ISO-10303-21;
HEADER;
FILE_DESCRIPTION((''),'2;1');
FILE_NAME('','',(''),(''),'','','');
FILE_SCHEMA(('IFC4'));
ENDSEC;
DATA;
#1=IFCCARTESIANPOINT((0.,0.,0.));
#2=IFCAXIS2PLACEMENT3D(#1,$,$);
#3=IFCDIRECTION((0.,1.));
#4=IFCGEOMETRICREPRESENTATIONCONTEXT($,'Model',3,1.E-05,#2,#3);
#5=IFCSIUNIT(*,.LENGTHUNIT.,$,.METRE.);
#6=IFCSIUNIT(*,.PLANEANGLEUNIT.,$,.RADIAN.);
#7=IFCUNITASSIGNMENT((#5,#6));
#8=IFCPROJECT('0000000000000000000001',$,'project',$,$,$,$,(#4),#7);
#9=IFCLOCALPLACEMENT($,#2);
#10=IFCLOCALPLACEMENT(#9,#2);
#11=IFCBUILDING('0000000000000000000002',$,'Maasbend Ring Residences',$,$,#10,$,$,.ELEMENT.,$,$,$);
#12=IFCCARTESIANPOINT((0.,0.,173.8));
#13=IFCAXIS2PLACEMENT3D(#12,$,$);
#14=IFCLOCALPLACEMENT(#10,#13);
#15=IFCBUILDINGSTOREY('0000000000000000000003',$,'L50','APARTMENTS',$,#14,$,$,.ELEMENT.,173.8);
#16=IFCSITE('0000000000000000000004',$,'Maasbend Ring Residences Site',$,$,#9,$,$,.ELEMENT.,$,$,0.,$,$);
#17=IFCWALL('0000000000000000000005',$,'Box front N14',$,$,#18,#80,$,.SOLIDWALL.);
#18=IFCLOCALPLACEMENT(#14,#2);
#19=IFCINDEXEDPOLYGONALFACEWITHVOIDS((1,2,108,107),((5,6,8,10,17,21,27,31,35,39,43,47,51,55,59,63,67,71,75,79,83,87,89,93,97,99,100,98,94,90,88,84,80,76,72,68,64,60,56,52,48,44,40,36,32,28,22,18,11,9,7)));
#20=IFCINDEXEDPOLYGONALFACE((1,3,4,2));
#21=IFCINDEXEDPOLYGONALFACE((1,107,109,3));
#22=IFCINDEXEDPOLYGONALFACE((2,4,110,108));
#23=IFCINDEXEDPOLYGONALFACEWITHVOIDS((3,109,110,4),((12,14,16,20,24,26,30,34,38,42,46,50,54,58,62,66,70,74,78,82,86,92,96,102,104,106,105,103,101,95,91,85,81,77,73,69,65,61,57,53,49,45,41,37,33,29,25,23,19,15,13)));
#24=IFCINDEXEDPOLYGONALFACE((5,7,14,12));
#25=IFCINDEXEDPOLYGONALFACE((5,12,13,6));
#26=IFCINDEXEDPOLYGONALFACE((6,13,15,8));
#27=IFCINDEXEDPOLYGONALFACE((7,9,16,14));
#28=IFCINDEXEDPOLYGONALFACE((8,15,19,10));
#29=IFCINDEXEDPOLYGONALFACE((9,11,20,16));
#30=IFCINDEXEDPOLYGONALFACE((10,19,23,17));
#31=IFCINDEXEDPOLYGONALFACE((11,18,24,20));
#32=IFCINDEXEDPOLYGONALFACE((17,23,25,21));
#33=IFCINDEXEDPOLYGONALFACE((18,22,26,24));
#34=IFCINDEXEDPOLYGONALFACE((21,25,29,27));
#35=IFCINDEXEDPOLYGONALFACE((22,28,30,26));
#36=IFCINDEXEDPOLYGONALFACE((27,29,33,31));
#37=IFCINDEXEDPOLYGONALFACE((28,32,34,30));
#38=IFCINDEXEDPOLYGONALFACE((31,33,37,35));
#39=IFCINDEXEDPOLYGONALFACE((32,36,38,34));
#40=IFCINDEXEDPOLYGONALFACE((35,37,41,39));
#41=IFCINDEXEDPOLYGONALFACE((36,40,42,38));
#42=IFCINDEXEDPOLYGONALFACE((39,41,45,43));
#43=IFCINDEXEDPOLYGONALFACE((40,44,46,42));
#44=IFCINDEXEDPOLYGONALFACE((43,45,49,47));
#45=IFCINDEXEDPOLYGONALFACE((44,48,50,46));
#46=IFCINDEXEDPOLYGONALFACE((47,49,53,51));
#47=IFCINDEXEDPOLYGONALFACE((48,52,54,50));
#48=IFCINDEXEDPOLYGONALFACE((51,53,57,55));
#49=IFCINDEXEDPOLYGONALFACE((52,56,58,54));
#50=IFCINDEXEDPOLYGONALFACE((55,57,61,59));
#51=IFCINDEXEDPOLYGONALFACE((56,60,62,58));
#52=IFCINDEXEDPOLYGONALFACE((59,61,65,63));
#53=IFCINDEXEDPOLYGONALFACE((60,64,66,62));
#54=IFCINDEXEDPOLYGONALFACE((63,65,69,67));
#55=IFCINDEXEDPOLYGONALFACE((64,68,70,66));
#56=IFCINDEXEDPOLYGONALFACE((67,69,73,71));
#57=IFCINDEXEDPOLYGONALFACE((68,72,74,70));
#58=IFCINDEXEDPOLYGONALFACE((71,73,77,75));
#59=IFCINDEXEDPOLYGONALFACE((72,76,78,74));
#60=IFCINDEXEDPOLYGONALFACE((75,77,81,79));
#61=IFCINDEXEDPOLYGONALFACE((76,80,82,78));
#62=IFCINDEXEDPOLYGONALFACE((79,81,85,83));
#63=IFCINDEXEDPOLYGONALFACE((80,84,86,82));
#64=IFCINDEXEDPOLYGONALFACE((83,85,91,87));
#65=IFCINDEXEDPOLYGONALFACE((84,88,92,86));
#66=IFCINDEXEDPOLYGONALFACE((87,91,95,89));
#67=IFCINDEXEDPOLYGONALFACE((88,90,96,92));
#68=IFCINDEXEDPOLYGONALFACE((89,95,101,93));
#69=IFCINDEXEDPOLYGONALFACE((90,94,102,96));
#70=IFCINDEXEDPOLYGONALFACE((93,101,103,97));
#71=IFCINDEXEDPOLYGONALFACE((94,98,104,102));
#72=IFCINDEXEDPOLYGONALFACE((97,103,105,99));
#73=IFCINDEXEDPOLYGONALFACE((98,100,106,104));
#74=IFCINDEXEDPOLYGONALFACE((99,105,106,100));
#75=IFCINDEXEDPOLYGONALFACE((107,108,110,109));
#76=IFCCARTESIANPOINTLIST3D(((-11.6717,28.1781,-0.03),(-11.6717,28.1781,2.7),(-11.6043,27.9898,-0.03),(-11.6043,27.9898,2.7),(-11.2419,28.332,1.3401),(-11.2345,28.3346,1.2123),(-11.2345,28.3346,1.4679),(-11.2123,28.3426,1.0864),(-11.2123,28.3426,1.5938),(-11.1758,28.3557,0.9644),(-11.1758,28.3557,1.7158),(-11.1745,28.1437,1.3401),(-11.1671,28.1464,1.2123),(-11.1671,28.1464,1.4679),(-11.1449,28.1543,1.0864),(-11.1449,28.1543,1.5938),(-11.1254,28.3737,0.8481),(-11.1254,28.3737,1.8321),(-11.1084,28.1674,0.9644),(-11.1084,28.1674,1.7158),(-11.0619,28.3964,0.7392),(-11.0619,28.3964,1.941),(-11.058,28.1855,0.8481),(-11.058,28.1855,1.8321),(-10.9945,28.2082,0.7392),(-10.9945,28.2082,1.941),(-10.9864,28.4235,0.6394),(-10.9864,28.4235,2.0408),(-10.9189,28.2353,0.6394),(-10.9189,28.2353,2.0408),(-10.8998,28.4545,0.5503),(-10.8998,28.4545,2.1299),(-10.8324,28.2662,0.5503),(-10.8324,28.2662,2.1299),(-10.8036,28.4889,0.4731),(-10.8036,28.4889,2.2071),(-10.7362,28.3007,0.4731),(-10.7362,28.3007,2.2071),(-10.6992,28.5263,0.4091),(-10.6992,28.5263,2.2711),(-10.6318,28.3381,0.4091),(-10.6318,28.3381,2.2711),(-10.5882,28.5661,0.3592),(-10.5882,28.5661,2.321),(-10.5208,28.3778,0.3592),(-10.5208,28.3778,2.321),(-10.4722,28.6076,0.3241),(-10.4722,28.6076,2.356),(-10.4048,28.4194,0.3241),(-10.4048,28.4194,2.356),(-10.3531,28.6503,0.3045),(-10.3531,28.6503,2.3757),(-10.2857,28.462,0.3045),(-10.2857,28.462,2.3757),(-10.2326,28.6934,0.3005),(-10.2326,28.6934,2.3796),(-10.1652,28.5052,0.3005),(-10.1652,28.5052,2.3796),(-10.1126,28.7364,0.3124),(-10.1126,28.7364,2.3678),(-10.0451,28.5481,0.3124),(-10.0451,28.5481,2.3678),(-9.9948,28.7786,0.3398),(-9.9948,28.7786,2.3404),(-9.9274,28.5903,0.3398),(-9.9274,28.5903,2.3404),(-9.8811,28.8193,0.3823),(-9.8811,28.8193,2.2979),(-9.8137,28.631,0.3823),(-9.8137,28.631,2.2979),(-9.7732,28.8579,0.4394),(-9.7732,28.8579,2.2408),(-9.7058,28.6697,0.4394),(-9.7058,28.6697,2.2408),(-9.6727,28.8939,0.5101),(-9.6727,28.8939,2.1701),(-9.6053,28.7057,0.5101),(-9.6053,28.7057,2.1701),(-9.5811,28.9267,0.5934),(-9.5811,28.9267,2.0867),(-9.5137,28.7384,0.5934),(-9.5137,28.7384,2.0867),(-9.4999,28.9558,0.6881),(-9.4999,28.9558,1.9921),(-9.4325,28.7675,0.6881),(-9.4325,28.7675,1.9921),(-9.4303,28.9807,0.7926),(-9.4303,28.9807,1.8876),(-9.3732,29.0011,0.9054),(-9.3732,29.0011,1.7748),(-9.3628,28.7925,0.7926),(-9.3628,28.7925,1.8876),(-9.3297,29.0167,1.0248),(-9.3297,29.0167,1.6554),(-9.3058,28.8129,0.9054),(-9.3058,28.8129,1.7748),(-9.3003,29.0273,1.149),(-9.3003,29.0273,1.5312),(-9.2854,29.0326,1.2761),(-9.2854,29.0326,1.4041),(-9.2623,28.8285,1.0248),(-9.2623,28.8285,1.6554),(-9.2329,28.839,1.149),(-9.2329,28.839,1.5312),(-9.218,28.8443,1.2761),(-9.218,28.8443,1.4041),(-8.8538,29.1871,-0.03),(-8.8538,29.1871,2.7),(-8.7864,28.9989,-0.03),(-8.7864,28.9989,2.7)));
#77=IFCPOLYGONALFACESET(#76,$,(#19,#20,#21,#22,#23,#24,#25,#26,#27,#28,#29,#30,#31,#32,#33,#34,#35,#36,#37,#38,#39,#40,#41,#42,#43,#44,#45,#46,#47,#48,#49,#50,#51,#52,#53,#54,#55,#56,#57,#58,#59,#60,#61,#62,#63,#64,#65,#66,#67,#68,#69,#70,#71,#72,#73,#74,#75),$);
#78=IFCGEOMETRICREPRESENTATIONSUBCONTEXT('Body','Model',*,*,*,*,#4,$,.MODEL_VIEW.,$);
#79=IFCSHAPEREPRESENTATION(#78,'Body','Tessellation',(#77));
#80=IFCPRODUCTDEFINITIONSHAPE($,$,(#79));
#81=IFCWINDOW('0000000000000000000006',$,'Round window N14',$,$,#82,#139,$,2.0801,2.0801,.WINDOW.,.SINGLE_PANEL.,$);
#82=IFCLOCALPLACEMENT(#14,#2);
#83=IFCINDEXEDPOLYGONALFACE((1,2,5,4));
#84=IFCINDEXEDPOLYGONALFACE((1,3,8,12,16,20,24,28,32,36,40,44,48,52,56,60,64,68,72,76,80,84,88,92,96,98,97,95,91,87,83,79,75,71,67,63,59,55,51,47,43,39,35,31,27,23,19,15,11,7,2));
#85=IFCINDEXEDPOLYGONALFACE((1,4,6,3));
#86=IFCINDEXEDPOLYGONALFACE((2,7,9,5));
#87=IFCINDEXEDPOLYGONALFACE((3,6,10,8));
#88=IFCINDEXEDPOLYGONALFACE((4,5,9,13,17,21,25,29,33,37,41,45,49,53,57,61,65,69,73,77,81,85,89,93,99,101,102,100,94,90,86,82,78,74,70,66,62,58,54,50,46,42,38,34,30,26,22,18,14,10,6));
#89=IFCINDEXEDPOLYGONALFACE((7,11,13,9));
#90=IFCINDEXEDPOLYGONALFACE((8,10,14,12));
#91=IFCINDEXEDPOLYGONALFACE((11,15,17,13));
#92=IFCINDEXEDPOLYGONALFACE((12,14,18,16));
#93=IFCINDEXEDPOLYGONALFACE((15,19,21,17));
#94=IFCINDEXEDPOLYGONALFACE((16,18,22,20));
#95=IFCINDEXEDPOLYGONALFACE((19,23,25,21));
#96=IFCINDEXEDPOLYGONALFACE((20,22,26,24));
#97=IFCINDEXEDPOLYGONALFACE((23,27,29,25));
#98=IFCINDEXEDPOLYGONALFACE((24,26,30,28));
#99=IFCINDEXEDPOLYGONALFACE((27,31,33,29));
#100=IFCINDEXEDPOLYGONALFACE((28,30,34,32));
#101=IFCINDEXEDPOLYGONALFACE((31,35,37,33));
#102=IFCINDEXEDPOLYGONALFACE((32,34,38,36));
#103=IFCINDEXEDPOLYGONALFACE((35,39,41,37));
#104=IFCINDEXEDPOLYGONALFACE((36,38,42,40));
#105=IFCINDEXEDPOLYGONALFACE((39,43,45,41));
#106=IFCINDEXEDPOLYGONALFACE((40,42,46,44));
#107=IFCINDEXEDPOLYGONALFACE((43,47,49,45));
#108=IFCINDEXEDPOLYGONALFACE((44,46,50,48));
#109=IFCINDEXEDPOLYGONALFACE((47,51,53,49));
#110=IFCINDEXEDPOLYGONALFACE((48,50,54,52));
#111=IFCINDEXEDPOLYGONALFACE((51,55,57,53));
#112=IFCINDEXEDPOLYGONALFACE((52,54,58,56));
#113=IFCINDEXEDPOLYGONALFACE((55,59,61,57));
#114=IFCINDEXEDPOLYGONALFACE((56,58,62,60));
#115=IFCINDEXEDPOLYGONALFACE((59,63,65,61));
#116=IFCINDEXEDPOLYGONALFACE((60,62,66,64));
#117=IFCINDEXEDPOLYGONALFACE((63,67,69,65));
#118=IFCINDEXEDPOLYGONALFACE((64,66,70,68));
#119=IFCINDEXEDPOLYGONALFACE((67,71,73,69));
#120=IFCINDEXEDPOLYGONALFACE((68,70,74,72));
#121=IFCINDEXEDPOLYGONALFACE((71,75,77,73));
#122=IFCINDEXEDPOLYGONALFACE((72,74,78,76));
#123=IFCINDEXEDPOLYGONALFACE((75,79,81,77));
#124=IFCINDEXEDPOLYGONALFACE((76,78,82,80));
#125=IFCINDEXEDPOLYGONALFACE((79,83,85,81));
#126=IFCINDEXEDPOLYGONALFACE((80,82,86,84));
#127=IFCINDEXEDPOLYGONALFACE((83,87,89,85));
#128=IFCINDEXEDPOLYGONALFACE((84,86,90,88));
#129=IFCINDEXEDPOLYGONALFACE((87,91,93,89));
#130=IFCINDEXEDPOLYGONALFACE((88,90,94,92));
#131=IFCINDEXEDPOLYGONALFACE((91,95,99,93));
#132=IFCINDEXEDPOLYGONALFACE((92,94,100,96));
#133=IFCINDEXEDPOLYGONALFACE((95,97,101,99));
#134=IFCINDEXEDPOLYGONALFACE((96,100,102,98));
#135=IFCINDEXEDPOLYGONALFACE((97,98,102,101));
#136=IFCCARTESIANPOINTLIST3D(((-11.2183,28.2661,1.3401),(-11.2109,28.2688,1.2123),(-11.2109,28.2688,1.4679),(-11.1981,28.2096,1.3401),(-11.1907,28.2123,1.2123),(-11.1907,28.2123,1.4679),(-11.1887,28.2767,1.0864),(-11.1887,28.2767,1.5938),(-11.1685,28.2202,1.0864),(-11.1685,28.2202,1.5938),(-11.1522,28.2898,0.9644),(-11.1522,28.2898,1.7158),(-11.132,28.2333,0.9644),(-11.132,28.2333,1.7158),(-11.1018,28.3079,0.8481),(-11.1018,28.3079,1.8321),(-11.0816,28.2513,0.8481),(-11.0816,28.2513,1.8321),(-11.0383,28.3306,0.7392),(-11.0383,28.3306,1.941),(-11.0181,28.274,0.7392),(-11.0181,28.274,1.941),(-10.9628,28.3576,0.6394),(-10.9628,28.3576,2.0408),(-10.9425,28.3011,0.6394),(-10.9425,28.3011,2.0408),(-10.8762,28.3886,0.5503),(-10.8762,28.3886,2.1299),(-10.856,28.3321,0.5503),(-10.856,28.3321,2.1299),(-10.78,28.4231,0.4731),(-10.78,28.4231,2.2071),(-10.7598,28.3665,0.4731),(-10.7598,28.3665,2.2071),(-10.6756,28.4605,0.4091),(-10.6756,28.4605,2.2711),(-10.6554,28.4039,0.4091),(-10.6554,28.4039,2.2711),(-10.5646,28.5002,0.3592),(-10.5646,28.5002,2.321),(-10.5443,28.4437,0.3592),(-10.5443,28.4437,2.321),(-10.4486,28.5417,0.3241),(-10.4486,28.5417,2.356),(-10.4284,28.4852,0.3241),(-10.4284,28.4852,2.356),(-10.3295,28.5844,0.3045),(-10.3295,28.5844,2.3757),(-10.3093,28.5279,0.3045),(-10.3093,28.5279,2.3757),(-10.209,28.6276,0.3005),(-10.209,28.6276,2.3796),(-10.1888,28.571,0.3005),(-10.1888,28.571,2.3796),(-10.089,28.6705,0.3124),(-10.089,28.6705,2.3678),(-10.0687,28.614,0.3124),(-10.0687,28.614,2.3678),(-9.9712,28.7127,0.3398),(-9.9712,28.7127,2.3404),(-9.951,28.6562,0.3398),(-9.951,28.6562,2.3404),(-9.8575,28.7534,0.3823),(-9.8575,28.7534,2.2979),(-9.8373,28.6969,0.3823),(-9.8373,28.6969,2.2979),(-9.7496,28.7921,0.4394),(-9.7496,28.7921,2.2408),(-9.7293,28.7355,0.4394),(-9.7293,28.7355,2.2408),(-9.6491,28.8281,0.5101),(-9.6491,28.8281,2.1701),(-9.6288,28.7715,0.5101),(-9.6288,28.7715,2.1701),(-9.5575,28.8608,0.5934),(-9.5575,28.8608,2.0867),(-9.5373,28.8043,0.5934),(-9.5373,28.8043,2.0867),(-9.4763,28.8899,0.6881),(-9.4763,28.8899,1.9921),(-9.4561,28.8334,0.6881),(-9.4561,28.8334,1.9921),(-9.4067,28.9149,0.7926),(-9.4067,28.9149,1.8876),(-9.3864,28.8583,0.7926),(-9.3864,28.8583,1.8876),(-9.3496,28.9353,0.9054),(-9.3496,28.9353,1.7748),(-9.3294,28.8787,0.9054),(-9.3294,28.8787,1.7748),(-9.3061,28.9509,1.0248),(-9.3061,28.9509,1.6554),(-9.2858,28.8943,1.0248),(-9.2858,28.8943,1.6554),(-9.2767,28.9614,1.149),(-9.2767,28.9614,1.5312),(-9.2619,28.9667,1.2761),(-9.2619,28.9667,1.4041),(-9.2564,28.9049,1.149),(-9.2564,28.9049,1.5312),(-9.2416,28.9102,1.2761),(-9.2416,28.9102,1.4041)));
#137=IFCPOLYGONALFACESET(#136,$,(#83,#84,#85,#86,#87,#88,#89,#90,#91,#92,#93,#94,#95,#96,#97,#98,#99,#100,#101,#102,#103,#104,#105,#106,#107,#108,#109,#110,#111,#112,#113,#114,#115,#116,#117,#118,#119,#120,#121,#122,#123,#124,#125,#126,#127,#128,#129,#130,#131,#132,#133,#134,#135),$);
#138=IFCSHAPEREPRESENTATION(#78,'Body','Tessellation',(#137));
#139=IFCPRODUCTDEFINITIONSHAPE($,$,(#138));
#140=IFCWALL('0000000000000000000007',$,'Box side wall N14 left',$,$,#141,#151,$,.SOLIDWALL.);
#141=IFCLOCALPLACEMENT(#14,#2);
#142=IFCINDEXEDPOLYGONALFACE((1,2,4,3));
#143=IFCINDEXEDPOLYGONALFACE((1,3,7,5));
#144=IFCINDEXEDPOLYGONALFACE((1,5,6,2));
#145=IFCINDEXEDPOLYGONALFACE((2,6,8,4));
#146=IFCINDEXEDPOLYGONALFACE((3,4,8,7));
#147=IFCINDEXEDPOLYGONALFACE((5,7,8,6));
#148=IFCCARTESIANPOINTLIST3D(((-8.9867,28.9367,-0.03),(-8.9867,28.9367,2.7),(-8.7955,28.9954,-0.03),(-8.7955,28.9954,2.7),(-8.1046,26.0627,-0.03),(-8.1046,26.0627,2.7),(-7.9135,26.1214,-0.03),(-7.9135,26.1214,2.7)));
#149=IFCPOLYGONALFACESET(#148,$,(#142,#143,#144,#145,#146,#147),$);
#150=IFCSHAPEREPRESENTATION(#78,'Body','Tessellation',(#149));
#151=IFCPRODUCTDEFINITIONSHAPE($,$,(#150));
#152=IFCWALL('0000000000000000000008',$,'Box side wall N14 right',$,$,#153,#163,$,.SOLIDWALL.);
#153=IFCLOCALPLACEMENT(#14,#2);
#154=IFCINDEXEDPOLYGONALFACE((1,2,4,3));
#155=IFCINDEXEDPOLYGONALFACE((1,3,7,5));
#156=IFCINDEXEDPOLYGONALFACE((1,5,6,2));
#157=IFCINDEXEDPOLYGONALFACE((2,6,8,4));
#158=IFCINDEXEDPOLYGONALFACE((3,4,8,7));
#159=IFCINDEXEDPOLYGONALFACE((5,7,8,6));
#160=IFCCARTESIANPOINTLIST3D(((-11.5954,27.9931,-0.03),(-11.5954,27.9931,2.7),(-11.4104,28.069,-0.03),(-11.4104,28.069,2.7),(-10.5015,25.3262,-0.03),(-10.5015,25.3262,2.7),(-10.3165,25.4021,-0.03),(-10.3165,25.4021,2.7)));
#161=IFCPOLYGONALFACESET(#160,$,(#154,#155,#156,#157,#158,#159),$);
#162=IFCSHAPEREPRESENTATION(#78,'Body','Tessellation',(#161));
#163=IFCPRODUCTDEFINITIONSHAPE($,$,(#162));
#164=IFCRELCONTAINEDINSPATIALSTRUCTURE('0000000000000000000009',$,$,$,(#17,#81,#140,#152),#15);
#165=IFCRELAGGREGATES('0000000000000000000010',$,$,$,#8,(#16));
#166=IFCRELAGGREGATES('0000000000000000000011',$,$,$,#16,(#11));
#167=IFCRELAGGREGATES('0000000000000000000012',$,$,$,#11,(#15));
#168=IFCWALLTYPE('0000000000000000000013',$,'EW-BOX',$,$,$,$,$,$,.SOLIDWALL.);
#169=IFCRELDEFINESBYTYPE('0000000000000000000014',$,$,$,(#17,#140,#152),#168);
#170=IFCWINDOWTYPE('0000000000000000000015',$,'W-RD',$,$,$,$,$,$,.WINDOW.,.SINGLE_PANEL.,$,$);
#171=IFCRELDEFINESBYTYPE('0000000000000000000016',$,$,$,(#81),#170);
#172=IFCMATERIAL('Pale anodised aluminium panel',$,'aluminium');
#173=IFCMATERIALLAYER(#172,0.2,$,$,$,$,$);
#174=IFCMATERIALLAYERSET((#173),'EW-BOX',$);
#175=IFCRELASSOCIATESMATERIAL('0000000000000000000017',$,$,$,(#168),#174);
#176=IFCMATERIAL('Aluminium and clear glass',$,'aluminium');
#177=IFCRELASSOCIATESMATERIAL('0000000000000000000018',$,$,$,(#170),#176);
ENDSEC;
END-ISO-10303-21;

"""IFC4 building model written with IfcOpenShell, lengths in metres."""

from ifc_helpers import new_model, si_unit, direction, frame, frame_2d, origin, place, context, subcontext, project, spatial, rectangle, circle, extrude, material, layer, layer_set, type_object, element, fill, save


model = new_model("IFC4")

# Units and contexts
model_context = context("Model", 3, precision=1e-05, world=origin(), true_north=direction((0.0, 1.0)))
body_context = subcontext(model_context, "Body", "Model", "MODEL_VIEW")
ifc_project = project(units=[si_unit("LENGTHUNIT", "METRE"), si_unit("PLANEANGLEUNIT", "RADIAN")], contexts=[model_context])

# Site, building, storey
site_placement = place(None, origin())
site = spatial("IfcSite", under=ifc_project, at=site_placement, Name="Maasbend Ring Residences Site", CompositionType="ELEMENT", RefElevation=0.0)
building_placement = place(site_placement, origin())
building = spatial("IfcBuilding", under=site, at=building_placement, Name="Maasbend Ring Residences", CompositionType="ELEMENT")
storey_placement = place(building_placement, frame((0.0, 0.0, 173.8)))
storey = spatial("IfcBuildingStorey", under=building, at=storey_placement, Name="L50", Description="APARTMENTS", CompositionType="ELEMENT", Elevation=173.8)

# Shared definitions
ifc_material_1 = material(Name="Pale anodised aluminium panel", Category="aluminium")
ifc_layer_1 = layer(ifc_material_1, 0.2)
ifc_layer_set_1 = layer_set([ifc_layer_1], Name="EW-BOX")
wall_type_1 = type_object("IfcWallType", Name="EW-BOX", PredefinedType="SOLIDWALL", material=ifc_layer_set_1)
ifc_material_2 = material(Name="Aluminium and clear glass", Category="aluminium")
window_type_1 = type_object("IfcWindowType", Name="W-RD", PartitioningType="SINGLE_PANEL", PredefinedType="WINDOW", material=ifc_material_2)

# Wall, opening, window
wall_1_placement = place(storey_placement, frame((-8.8201, 29.093, -0.03), z_axis=(0.0, 0.0, 1.0), x_axis=(-0.941461, -0.337122, 0.0)))
wall_1 = element("IfcWall", 1, at=wall_1_placement, inside=storey, type_object=wall_type_1, Name="Box front N14", PredefinedType="SOLIDWALL", context=body_context, shape_type="SweptSolid", body=[
    extrude(rectangle(XDim=2.9932, YDim=0.2, at=frame_2d((1.4966, 0.0))), origin(), (0.0, 0.0, 1.0), 2.73),
])
opening_1_placement = place(wall_1_placement, frame((0.4565, 0.0, 0.3301)))
opening_1 = element("IfcOpeningElement", 2, at=opening_1_placement, cuts=wall_1, PredefinedType="OPENING", context=body_context, shape_type="SweptSolid", body=[
    extrude(circle(Radius=1.04, at=frame_2d((1.04, 1.04))), frame((0.0, 0.1099, 0.0), z_axis=(0.0, -1.0, 0.0), x_axis=(1.0, 0.0, 0.0)), (0.0, 0.0, 1.0), 0.22),
])
window_1_placement = place(opening_1_placement, origin())
window_1 = element("IfcWindow", 3, at=window_1_placement, inside=storey, type_object=window_type_1, Name="Round window N14", OverallHeight=2.0801, OverallWidth=2.0801, PartitioningType="SINGLE_PANEL", PredefinedType="WINDOW", context=body_context, shape_type="SweptSolid", body=[
    extrude(circle(Radius=1.04, at=frame_2d((1.04, 1.04))), frame((0.0, 0.03, 0.0), z_axis=(0.0, -1.0, 0.0), x_axis=(1.0, 0.0, 0.0)), (0.0, 0.0, 1.0), 0.0601),
])
fill(opening_1, window_1)

# Walls
wall_2_placement = place(storey_placement, frame((-8.009, 26.092, -0.03), z_axis=(0.0, 0.0, 1.0), x_axis=(-0.293407, 0.955988, 0.0)))
element("IfcWall", 4, at=wall_2_placement, inside=storey, type_object=wall_type_1, Name="Box side wall N14 left", PredefinedType="SOLIDWALL", context=body_context, shape_type="SweptSolid", body=[
    extrude(rectangle(XDim=3.0063, YDim=0.2, at=frame_2d((1.5032, 0.0))), origin(), (0.0, 0.0, 1.0), 2.73),
])
wall_3_placement = place(storey_placement, frame((-10.4089, 25.364, -0.03), z_axis=(0.0, 0.0, 1.0), x_axis=(-0.37951, 0.925188, 0.0)))
element("IfcWall", 5, at=wall_3_placement, inside=storey, type_object=wall_type_1, Name="Box side wall N14 right", PredefinedType="SOLIDWALL", context=body_context, shape_type="SweptSolid", body=[
    extrude(rectangle(XDim=2.8826, YDim=0.2, at=frame_2d((1.4414, 0.0))), origin(), (0.0, 0.0, 1.0), 2.73),
])

save(model, "model.ifc")
